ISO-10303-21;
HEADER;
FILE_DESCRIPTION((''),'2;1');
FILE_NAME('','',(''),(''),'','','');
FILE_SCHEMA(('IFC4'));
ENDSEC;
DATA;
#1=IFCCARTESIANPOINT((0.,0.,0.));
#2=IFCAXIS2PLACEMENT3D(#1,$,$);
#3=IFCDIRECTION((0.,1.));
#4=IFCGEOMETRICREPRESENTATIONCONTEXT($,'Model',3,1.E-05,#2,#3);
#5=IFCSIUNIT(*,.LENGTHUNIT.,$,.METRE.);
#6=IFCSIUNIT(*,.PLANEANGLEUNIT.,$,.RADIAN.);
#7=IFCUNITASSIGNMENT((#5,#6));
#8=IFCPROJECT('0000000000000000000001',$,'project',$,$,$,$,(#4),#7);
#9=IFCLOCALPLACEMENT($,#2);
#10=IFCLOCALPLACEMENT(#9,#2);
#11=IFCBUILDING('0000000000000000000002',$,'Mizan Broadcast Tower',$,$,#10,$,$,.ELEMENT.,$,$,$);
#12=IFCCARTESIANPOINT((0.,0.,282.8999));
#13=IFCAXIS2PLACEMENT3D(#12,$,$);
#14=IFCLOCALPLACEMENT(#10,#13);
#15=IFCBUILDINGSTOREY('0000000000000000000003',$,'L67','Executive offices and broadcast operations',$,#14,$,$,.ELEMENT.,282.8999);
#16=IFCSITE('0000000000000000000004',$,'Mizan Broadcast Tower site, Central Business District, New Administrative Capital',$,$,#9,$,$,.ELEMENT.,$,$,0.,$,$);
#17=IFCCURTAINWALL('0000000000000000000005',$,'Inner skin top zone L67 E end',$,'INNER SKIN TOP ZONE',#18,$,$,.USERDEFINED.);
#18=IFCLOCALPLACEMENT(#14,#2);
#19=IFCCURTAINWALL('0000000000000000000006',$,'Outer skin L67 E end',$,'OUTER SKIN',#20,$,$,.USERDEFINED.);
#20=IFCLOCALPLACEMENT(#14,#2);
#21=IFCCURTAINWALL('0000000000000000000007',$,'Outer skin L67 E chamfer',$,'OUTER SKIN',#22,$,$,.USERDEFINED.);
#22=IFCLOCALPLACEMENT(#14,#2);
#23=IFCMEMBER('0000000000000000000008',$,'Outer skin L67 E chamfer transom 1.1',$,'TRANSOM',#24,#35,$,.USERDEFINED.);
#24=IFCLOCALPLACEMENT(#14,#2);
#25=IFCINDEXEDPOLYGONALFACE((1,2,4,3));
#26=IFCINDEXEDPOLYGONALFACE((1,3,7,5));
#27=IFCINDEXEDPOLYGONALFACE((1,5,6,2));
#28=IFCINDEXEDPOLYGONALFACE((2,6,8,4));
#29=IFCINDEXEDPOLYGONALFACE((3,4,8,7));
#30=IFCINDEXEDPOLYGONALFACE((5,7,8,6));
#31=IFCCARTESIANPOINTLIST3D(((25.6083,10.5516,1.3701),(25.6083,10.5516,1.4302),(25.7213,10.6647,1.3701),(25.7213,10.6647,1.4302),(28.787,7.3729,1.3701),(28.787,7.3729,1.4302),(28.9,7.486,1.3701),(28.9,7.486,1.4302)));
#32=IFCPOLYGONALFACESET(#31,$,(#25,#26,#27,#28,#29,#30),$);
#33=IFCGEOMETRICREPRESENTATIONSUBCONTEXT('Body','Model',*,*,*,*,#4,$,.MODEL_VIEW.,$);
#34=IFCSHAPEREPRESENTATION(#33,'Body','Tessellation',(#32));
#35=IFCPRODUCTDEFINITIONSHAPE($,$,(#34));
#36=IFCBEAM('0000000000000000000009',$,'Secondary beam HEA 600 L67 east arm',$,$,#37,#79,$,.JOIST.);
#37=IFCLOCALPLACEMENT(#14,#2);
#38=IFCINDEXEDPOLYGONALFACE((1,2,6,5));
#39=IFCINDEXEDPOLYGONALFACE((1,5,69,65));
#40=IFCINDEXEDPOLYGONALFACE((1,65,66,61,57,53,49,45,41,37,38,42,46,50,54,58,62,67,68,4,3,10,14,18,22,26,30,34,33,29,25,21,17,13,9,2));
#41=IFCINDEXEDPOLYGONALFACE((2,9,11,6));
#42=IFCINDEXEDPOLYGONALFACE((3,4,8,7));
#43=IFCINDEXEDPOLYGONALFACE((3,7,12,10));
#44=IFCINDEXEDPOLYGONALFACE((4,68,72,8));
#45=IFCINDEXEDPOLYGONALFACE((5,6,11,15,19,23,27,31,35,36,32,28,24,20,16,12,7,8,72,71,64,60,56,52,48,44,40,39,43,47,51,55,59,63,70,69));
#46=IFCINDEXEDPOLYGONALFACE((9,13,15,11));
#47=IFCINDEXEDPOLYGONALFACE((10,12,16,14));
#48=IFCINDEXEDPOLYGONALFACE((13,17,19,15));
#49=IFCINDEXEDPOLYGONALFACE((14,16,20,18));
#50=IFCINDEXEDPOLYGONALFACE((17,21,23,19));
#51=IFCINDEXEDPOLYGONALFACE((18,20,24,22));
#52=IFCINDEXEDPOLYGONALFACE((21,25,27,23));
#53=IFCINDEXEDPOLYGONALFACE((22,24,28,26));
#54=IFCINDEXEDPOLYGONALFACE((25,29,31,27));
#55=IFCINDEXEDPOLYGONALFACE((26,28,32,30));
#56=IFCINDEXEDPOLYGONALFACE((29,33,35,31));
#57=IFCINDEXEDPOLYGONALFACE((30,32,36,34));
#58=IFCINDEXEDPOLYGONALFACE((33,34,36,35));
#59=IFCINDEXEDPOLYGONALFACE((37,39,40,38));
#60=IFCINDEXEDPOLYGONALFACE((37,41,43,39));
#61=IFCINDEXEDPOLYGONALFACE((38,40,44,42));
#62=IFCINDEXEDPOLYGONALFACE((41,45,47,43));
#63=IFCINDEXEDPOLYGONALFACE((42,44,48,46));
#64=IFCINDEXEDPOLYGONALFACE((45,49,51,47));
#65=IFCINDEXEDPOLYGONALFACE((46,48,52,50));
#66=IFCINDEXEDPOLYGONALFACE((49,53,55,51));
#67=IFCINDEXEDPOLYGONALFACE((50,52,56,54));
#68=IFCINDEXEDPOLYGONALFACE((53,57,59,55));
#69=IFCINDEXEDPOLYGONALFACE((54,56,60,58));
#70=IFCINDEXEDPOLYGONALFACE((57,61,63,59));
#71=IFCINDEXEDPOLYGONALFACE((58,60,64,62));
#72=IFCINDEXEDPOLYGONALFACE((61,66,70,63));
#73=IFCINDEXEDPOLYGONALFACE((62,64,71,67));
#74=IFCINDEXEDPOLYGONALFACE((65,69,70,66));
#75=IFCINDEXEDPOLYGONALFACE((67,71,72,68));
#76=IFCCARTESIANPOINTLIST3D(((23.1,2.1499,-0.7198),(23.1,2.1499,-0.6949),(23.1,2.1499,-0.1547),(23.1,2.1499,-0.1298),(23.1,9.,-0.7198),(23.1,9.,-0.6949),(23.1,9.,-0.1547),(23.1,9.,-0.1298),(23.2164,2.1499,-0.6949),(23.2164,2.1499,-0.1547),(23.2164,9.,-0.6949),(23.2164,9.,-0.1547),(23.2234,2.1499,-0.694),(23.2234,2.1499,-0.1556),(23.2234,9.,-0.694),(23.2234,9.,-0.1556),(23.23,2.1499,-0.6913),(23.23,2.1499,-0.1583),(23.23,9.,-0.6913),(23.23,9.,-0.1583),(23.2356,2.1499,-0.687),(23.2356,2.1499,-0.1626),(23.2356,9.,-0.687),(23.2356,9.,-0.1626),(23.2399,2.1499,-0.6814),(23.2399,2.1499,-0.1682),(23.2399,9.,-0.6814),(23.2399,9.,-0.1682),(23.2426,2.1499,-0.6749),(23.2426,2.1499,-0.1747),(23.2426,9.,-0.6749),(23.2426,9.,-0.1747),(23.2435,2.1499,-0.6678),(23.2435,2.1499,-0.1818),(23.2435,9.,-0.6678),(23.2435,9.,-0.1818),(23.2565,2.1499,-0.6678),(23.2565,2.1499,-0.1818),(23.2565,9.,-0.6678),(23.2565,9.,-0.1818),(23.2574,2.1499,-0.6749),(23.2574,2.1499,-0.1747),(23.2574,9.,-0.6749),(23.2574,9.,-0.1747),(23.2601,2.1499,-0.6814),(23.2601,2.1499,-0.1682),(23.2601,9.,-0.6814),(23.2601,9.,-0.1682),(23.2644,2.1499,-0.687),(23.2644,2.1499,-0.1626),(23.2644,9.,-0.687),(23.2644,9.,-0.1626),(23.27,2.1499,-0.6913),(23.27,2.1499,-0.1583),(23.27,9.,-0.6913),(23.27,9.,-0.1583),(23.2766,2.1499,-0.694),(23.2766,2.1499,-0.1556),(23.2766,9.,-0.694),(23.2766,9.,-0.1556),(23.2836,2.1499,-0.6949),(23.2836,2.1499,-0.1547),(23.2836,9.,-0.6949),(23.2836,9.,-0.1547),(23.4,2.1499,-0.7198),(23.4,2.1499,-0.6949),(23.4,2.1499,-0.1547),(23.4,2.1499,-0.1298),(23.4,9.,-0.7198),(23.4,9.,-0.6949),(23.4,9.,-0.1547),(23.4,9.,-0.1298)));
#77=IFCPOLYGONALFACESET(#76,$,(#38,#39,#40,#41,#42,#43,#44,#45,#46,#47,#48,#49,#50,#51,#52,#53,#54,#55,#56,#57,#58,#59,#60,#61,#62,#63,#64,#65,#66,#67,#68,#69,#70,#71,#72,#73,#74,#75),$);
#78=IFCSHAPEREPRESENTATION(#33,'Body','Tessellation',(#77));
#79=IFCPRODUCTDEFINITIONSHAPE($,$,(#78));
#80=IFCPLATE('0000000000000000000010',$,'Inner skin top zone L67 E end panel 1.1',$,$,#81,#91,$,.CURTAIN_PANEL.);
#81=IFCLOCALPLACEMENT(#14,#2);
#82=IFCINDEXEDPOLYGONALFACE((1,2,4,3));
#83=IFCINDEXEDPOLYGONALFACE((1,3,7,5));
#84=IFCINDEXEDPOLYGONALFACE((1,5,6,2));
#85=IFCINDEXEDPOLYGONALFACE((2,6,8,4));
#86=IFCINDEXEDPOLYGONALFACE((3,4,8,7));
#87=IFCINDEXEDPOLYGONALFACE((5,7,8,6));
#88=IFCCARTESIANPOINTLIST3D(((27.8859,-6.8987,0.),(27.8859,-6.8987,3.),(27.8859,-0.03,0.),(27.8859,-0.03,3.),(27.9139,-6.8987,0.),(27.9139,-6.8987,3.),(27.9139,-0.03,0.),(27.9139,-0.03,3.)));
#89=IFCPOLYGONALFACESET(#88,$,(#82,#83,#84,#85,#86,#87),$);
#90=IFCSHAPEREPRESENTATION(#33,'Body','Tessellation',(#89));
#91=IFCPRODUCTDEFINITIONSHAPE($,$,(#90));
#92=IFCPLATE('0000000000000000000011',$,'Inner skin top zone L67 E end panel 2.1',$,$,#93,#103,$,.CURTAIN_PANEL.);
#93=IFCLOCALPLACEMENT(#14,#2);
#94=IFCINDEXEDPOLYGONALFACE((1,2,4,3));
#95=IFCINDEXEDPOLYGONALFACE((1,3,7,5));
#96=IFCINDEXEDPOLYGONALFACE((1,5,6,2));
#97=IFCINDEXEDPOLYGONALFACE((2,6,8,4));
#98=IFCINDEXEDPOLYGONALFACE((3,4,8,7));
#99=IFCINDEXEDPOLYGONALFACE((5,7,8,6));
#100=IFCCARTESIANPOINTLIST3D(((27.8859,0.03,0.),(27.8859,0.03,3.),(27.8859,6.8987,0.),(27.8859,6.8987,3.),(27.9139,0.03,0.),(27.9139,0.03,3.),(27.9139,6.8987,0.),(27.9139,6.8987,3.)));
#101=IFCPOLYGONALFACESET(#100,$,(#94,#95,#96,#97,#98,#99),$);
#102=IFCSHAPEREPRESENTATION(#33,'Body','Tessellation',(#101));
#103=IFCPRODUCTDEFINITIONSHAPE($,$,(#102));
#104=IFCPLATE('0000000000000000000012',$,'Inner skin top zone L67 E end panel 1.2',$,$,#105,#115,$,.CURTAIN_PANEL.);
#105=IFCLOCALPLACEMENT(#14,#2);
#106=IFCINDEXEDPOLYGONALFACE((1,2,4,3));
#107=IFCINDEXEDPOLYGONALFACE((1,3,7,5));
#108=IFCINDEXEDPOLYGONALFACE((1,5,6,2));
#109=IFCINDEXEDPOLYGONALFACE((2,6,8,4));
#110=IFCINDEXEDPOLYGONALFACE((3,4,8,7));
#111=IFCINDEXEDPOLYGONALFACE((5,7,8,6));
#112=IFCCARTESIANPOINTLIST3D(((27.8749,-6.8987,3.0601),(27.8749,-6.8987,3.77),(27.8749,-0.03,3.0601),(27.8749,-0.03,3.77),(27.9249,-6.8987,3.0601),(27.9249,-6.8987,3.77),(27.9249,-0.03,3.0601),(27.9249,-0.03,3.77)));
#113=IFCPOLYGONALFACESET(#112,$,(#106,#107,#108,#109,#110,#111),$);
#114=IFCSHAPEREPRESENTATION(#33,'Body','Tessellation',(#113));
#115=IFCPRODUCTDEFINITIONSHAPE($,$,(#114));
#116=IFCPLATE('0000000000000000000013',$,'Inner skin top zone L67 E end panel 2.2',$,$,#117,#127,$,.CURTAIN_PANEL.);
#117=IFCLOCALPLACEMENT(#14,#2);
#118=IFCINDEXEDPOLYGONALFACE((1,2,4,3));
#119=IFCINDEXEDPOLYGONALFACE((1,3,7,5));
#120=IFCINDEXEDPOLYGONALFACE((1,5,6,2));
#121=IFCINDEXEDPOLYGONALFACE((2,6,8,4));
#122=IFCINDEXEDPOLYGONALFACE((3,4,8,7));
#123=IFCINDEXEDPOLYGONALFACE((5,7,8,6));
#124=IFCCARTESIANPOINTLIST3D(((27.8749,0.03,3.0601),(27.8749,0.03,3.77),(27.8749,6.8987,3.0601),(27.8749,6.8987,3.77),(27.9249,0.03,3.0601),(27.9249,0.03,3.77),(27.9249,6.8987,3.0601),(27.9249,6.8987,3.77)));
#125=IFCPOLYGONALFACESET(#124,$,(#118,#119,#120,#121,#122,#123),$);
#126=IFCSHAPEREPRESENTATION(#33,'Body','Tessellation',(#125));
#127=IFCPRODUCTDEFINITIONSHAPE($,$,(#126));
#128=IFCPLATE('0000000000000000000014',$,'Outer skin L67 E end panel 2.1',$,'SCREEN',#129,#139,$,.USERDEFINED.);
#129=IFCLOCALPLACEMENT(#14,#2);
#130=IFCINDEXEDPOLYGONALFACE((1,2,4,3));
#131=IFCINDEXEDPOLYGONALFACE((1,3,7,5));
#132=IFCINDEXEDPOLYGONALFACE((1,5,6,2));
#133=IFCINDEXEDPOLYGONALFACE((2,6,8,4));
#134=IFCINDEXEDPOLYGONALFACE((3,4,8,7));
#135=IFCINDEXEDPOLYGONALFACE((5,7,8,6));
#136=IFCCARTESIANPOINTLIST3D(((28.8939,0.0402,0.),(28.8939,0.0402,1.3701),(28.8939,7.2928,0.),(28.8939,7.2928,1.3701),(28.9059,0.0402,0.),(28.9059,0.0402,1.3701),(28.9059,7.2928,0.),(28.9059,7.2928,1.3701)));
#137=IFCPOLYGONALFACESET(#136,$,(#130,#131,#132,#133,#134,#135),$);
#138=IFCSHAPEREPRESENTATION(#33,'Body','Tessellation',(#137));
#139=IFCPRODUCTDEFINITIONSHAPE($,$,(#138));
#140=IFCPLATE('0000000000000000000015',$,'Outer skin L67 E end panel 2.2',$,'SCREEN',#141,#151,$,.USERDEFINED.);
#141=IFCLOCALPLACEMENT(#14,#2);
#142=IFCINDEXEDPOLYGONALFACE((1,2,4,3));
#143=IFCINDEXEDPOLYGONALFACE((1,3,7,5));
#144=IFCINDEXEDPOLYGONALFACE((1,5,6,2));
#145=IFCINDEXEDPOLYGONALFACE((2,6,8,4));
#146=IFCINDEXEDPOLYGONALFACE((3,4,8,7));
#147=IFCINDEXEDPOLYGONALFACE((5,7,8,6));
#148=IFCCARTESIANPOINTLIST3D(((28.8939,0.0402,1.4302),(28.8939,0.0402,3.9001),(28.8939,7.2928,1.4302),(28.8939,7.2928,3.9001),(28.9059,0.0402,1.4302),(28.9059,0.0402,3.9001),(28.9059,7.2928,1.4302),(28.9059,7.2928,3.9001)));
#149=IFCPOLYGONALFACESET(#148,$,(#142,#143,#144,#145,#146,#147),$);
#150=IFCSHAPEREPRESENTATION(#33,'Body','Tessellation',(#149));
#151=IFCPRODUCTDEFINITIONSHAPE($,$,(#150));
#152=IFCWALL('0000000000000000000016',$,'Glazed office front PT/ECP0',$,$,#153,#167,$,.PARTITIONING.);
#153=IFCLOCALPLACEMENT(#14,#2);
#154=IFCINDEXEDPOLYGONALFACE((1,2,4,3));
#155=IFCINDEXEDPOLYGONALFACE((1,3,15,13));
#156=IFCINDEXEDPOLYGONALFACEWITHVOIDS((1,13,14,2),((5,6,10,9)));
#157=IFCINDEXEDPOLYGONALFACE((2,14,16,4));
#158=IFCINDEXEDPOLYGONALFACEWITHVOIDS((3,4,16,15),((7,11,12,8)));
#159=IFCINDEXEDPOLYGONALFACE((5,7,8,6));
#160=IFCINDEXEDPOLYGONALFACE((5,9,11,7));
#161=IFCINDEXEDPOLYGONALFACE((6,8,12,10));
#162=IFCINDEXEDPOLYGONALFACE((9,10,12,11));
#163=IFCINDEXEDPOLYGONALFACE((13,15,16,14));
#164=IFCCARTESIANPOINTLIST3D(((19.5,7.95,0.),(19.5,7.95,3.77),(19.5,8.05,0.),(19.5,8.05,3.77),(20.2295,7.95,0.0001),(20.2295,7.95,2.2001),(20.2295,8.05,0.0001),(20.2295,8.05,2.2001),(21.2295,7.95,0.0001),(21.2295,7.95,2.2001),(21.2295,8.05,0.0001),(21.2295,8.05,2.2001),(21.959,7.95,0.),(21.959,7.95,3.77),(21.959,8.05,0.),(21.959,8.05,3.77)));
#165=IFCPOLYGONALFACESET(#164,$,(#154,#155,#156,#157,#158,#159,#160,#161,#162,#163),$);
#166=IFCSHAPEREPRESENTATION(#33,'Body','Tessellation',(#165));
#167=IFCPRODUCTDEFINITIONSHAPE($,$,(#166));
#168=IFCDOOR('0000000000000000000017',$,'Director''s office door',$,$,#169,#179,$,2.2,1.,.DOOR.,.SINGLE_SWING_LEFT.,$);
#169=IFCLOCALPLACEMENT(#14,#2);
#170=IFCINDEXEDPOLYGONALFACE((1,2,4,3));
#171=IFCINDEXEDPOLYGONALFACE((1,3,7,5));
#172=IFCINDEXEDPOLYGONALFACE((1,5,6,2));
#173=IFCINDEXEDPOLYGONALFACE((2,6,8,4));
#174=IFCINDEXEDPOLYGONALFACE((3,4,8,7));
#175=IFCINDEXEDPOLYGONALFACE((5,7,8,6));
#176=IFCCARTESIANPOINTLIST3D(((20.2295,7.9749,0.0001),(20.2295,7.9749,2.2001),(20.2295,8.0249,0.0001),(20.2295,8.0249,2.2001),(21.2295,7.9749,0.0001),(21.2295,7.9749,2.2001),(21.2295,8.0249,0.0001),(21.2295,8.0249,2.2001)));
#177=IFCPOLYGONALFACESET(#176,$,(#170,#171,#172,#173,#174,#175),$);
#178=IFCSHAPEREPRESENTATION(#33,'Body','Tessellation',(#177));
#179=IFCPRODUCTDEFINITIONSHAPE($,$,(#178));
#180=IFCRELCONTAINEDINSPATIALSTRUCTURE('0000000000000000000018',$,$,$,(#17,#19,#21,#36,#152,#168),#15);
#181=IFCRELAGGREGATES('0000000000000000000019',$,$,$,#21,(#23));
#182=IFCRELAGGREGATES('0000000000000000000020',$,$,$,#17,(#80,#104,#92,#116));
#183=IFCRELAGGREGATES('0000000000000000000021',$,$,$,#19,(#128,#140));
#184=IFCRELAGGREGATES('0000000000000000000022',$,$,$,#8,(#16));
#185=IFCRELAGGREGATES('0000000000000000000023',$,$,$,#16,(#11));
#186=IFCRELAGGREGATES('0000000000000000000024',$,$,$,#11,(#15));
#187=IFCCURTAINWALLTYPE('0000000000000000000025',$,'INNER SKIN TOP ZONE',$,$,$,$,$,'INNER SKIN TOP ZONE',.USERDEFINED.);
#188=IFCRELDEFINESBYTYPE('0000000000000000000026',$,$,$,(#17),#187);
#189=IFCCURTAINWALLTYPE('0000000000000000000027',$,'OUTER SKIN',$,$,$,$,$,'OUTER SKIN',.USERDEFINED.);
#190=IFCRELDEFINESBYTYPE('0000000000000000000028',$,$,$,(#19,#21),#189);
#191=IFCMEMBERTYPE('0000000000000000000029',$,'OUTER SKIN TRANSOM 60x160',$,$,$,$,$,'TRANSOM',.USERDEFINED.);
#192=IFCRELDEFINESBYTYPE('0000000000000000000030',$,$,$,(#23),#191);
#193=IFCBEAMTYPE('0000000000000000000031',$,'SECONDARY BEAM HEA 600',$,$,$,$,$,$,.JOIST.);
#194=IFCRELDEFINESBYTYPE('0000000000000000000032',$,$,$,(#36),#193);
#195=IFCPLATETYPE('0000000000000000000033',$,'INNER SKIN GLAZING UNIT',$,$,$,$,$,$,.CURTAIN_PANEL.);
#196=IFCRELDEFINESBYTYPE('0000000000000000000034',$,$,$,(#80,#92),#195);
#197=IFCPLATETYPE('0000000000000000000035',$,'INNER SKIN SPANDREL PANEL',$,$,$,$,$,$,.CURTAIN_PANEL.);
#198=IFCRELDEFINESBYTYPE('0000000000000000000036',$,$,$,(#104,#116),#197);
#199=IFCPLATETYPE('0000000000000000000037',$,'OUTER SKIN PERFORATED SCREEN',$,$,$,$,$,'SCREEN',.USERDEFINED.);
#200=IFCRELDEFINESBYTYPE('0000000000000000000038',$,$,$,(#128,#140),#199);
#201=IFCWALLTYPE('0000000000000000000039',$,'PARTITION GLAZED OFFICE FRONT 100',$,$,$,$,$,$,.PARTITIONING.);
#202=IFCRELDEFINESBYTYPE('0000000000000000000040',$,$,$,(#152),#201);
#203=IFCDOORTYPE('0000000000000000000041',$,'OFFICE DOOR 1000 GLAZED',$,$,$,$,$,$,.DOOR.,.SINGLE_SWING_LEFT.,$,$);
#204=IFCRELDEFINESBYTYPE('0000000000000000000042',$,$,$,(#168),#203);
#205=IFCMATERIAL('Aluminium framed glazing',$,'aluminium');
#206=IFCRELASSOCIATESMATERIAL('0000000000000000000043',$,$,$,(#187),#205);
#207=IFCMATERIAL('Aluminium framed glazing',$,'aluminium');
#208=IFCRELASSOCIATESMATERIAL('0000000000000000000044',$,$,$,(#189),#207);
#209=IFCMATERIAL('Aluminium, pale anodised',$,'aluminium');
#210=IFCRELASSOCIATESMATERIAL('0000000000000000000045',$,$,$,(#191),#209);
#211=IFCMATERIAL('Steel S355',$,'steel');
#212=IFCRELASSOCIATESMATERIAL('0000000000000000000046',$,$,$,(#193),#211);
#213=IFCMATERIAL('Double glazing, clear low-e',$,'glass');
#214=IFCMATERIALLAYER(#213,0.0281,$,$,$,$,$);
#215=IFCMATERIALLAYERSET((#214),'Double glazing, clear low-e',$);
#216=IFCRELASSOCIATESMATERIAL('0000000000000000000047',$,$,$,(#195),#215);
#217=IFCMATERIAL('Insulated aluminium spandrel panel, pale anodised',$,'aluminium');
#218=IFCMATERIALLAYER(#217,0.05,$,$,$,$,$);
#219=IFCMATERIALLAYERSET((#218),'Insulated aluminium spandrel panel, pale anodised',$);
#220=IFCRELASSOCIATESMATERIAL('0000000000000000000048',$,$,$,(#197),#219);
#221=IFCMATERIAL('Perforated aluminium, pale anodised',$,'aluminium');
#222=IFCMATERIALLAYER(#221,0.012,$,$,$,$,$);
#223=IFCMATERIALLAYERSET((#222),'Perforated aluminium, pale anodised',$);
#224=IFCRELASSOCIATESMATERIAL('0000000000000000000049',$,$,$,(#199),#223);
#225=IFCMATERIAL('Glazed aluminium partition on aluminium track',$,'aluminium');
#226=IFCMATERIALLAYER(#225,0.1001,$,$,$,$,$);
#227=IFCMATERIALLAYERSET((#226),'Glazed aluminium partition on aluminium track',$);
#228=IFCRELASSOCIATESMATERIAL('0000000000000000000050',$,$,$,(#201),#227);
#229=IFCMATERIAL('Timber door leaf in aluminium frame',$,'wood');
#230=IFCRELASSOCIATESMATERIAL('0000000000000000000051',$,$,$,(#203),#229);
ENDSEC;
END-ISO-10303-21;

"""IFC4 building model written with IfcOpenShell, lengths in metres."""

from ifc_helpers import new_model, si_unit, direction, frame, frame_2d, origin, origin_2d, place, context, subcontext, project, spatial, rectangle, i_section, extrude, material, layer, layer_set, material_profile, profile_set, type_object, element, fill, aggregate, save


model = new_model("IFC4")

# Units and contexts
model_context = context("Model", 3, precision=1e-05, world=origin(), true_north=direction((0.0, 1.0)))
body_context = subcontext(model_context, "Body", "Model", "MODEL_VIEW")
ifc_project = project(units=[si_unit("LENGTHUNIT", "METRE"), si_unit("PLANEANGLEUNIT", "RADIAN")], contexts=[model_context])

# Site, building, storey
site_placement = place(None, origin())
site = spatial("IfcSite", under=ifc_project, at=site_placement, Name="Mizan Broadcast Tower site, Central Business District, New Administrative Capital", CompositionType="ELEMENT", RefElevation=0.0)
building_placement = place(site_placement, origin())
building = spatial("IfcBuilding", under=site, at=building_placement, Name="Mizan Broadcast Tower", CompositionType="ELEMENT")
storey_placement = place(building_placement, frame((0.0, 0.0, 282.8999)))
storey = spatial("IfcBuildingStorey", under=building, at=storey_placement, Name="L67", Description="Executive offices and broadcast operations", CompositionType="ELEMENT", Elevation=282.8999)

# Curtain wall
ifc_material_1 = material(Name="Aluminium framed glazing", Category="aluminium")
curtain_wall_type_1 = type_object("IfcCurtainWallType", Name="INNER SKIN TOP ZONE", ElementType="INNER SKIN TOP ZONE", PredefinedType="USERDEFINED", material=ifc_material_1)
curtain_wall_1_placement = place(storey_placement, origin())
curtain_wall_1 = element("IfcCurtainWall", 1, at=curtain_wall_1_placement, inside=storey, type_object=curtain_wall_type_1, Name="Inner skin top zone L67 E end", ObjectType="INNER SKIN TOP ZONE", PredefinedType="USERDEFINED")

# Curtain wall
ifc_material_2 = material(Name="Aluminium framed glazing", Category="aluminium")
curtain_wall_type_2 = type_object("IfcCurtainWallType", Name="OUTER SKIN", ElementType="OUTER SKIN", PredefinedType="USERDEFINED", material=ifc_material_2)
curtain_wall_2_placement = place(storey_placement, origin())
curtain_wall_2 = element("IfcCurtainWall", 2, at=curtain_wall_2_placement, inside=storey, type_object=curtain_wall_type_2, Name="Outer skin L67 E end", ObjectType="OUTER SKIN", PredefinedType="USERDEFINED")
ifc_material_3 = material(Name="Aluminium, pale anodised", Category="aluminium")
ifc_material_profile_1 = material_profile(ifc_material_3, rectangle(XDim=0.1599, YDim=0.0601, at=origin_2d()), Name="TRANSOM 160x60")
ifc_profile_set_1 = profile_set([ifc_material_profile_1], Name="Aluminium, pale anodised")
member_type_1 = type_object("IfcMemberType", Name="OUTER SKIN TRANSOM 60x160", ElementType="TRANSOM", PredefinedType="USERDEFINED", material=ifc_profile_set_1)

# Curtain wall, member
curtain_wall_3_placement = place(storey_placement, origin())
curtain_wall_3 = element("IfcCurtainWall", 3, at=curtain_wall_3_placement, inside=storey, type_object=curtain_wall_type_2, Name="Outer skin L67 E chamfer", ObjectType="OUTER SKIN", PredefinedType="USERDEFINED")
member_1_placement = place(storey_placement, frame((28.8435, 7.4294, 1.4001), z_axis=(-0.707107, 0.707107, 0.0), x_axis=(-0.707107, -0.707107, 0.0)))
member_1 = element("IfcMember", 4, at=member_1_placement, type_object=member_type_1, Name="Outer skin L67 E chamfer transom 1.1", ObjectType="TRANSOM", PredefinedType="USERDEFINED", context=body_context, shape_type="SweptSolid", body=[
    extrude(rectangle(XDim=0.1599, YDim=0.0601, at=origin_2d()), origin(), (0.0, 0.0, 1.0), 4.4954),
])
aggregate(curtain_wall_3, [member_1])

# Beam
ifc_material_4 = material(Name="Steel S355", Category="steel")
ifc_material_profile_2 = material_profile(ifc_material_4, i_section(OverallWidth=0.3, OverallDepth=0.5901, WebThickness=0.0129, FlangeThickness=0.0249, FilletRadius=0.0271, at=origin_2d()), Name="HEA 600")
ifc_profile_set_2 = profile_set([ifc_material_profile_2], Name="Steel S355")
beam_type_1 = type_object("IfcBeamType", Name="SECONDARY BEAM HEA 600", PredefinedType="JOIST", material=ifc_profile_set_2)
beam_1_placement = place(storey_placement, frame((23.25, 9.0, -0.4248), z_axis=(0.0, -1.0, 0.0), x_axis=(1.0, 0.0, 0.0)))
element("IfcBeam", 5, at=beam_1_placement, inside=storey, type_object=beam_type_1, Name="Secondary beam HEA 600 L67 east arm", PredefinedType="JOIST", context=body_context, shape_type="SweptSolid", body=[
    extrude(i_section(OverallWidth=0.3, OverallDepth=0.5901, WebThickness=0.0129, FlangeThickness=0.0249, FilletRadius=0.0271, at=origin_2d()), origin(), (0.0, 0.0, 1.0), 6.8501),
])

# Plates
ifc_material_5 = material(Name="Double glazing, clear low-e", Category="glass")
ifc_layer_1 = layer(ifc_material_5, 0.0281)
ifc_layer_set_1 = layer_set([ifc_layer_1], Name="Double glazing, clear low-e")
plate_type_1 = type_object("IfcPlateType", Name="INNER SKIN GLAZING UNIT", PredefinedType="CURTAIN_PANEL", material=ifc_layer_set_1)
plate_1_placement = place(storey_placement, frame((27.8999, -3.4644, 0.0), z_axis=(0.0, 0.0, 1.0), x_axis=(0.0, 1.0, 0.0)))
plate_1 = element("IfcPlate", 6, at=plate_1_placement, type_object=plate_type_1, Name="Inner skin top zone L67 E end panel 1.1", PredefinedType="CURTAIN_PANEL", context=body_context, shape_type="SweptSolid", body=[
    extrude(rectangle(XDim=6.8687, YDim=0.0281, at=origin_2d()), origin(), (0.0, 0.0, 1.0), 3.0),
])
plate_2_placement = place(storey_placement, frame((27.8999, 3.4644, 0.0), z_axis=(0.0, 0.0, 1.0), x_axis=(0.0, 1.0, 0.0)))
plate_2 = element("IfcPlate", 7, at=plate_2_placement, type_object=plate_type_1, Name="Inner skin top zone L67 E end panel 2.1", PredefinedType="CURTAIN_PANEL", context=body_context, shape_type="SweptSolid", body=[
    extrude(rectangle(XDim=6.8687, YDim=0.0281, at=origin_2d()), origin(), (0.0, 0.0, 1.0), 3.0),
])
ifc_material_6 = material(Name="Insulated aluminium spandrel panel, pale anodised", Category="aluminium")
ifc_layer_2 = layer(ifc_material_6, 0.05)
ifc_layer_set_2 = layer_set([ifc_layer_2], Name="Insulated aluminium spandrel panel, pale anodised")
plate_type_2 = type_object("IfcPlateType", Name="INNER SKIN SPANDREL PANEL", PredefinedType="CURTAIN_PANEL", material=ifc_layer_set_2)
plate_3_placement = place(storey_placement, frame((27.8999, -3.4644, 3.0601), z_axis=(0.0, 0.0, 1.0), x_axis=(0.0, 1.0, 0.0)))
plate_3 = element("IfcPlate", 8, at=plate_3_placement, type_object=plate_type_2, Name="Inner skin top zone L67 E end panel 1.2", PredefinedType="CURTAIN_PANEL", context=body_context, shape_type="SweptSolid", body=[
    extrude(rectangle(XDim=6.8687, YDim=0.05, at=origin_2d()), origin(), (0.0, 0.0, 1.0), 0.71),
])
plate_4_placement = place(storey_placement, frame((27.8999, 3.4644, 3.0601), z_axis=(0.0, 0.0, 1.0), x_axis=(0.0, 1.0, 0.0)))
plate_4 = element("IfcPlate", 9, at=plate_4_placement, type_object=plate_type_2, Name="Inner skin top zone L67 E end panel 2.2", PredefinedType="CURTAIN_PANEL", context=body_context, shape_type="SweptSolid", body=[
    extrude(rectangle(XDim=6.8687, YDim=0.05, at=origin_2d()), origin(), (0.0, 0.0, 1.0), 0.71),
])
aggregate(curtain_wall_1, [plate_1, plate_3, plate_2, plate_4])
ifc_material_7 = material(Name="Perforated aluminium, pale anodised", Category="aluminium")
ifc_layer_3 = layer(ifc_material_7, 0.012)
ifc_layer_set_3 = layer_set([ifc_layer_3], Name="Perforated aluminium, pale anodised")
plate_type_3 = type_object("IfcPlateType", Name="OUTER SKIN PERFORATED SCREEN", ElementType="SCREEN", PredefinedType="USERDEFINED", material=ifc_layer_set_3)
plate_5_placement = place(storey_placement, frame((28.8999, 3.6665, 0.0), z_axis=(0.0, 0.0, 1.0), x_axis=(0.0, 1.0, 0.0)))
plate_5 = element("IfcPlate", 10, at=plate_5_placement, type_object=plate_type_3, Name="Outer skin L67 E end panel 2.1", ObjectType="SCREEN", PredefinedType="USERDEFINED", context=body_context, shape_type="SweptSolid", body=[
    extrude(rectangle(XDim=7.2527, YDim=0.012, at=origin_2d()), origin(), (0.0, 0.0, 1.0), 1.3701),
])
plate_6_placement = place(storey_placement, frame((28.8999, 3.6665, 1.4302), z_axis=(0.0, 0.0, 1.0), x_axis=(0.0, 1.0, 0.0)))
plate_6 = element("IfcPlate", 11, at=plate_6_placement, type_object=plate_type_3, Name="Outer skin L67 E end panel 2.2", ObjectType="SCREEN", PredefinedType="USERDEFINED", context=body_context, shape_type="SweptSolid", body=[
    extrude(rectangle(XDim=7.2527, YDim=0.012, at=origin_2d()), origin(), (0.0, 0.0, 1.0), 2.47),
])
aggregate(curtain_wall_2, [plate_5, plate_6])

# Wall, opening, door
ifc_material_8 = material(Name="Glazed aluminium partition on aluminium track", Category="aluminium")
ifc_layer_4 = layer(ifc_material_8, 0.1001)
ifc_layer_set_4 = layer_set([ifc_layer_4], Name="Glazed aluminium partition on aluminium track")
wall_type = type_object("IfcWallType", Name="PARTITION GLAZED OFFICE FRONT 100", PredefinedType="PARTITIONING", material=ifc_layer_set_4)
wall_1_placement = place(storey_placement, frame((19.5, 8.0, 0.0), z_axis=(0.0, 0.0, 1.0), x_axis=(1.0, 0.0, 0.0)))
wall_1 = element("IfcWall", 12, at=wall_1_placement, inside=storey, type_object=wall_type, Name="Glazed office front PT/ECP0", PredefinedType="PARTITIONING", context=body_context, shape_type="SweptSolid", body=[
    extrude(rectangle(XDim=2.459, YDim=0.1001, at=frame_2d((1.2295, 0.0))), origin(), (0.0, 0.0, 1.0), 3.77),
])
opening_placement = place(wall_1_placement, frame((0.7295, 0.0, 0.0)))
opening = element("IfcOpeningElement", 13, at=opening_placement, cuts=wall_1, PredefinedType="OPENING", context=body_context, shape_type="SweptSolid", body=[
    extrude(rectangle(XDim=1.0, YDim=2.2, at=frame_2d((0.5, 1.1001))), frame((0.0, 0.0601, 0.0), z_axis=(0.0, -1.0, 0.0), x_axis=(1.0, 0.0, 0.0)), (0.0, 0.0, 1.0), 0.1201),
])
ifc_material_9 = material(Name="Timber door leaf in aluminium frame", Category="wood")
door_type = type_object("IfcDoorType", Name="OFFICE DOOR 1000 GLAZED", OperationType="SINGLE_SWING_LEFT", PredefinedType="DOOR", material=ifc_material_9)
door_placement = place(opening_placement, origin())
door = element("IfcDoor", 14, at=door_placement, inside=storey, type_object=door_type, Name="Director's office door", OperationType="SINGLE_SWING_LEFT", OverallHeight=2.2, OverallWidth=1.0, PredefinedType="DOOR", context=body_context, shape_type="SweptSolid", body=[
    extrude(rectangle(XDim=1.0, YDim=2.2, at=frame_2d((0.5, 1.1001))), frame((0.0, 0.0249, 0.0), z_axis=(0.0, -1.0, 0.0), x_axis=(1.0, 0.0, 0.0)), (0.0, 0.0, 1.0), 0.05),
])
fill(opening, door)

save(model, "model.ifc")
